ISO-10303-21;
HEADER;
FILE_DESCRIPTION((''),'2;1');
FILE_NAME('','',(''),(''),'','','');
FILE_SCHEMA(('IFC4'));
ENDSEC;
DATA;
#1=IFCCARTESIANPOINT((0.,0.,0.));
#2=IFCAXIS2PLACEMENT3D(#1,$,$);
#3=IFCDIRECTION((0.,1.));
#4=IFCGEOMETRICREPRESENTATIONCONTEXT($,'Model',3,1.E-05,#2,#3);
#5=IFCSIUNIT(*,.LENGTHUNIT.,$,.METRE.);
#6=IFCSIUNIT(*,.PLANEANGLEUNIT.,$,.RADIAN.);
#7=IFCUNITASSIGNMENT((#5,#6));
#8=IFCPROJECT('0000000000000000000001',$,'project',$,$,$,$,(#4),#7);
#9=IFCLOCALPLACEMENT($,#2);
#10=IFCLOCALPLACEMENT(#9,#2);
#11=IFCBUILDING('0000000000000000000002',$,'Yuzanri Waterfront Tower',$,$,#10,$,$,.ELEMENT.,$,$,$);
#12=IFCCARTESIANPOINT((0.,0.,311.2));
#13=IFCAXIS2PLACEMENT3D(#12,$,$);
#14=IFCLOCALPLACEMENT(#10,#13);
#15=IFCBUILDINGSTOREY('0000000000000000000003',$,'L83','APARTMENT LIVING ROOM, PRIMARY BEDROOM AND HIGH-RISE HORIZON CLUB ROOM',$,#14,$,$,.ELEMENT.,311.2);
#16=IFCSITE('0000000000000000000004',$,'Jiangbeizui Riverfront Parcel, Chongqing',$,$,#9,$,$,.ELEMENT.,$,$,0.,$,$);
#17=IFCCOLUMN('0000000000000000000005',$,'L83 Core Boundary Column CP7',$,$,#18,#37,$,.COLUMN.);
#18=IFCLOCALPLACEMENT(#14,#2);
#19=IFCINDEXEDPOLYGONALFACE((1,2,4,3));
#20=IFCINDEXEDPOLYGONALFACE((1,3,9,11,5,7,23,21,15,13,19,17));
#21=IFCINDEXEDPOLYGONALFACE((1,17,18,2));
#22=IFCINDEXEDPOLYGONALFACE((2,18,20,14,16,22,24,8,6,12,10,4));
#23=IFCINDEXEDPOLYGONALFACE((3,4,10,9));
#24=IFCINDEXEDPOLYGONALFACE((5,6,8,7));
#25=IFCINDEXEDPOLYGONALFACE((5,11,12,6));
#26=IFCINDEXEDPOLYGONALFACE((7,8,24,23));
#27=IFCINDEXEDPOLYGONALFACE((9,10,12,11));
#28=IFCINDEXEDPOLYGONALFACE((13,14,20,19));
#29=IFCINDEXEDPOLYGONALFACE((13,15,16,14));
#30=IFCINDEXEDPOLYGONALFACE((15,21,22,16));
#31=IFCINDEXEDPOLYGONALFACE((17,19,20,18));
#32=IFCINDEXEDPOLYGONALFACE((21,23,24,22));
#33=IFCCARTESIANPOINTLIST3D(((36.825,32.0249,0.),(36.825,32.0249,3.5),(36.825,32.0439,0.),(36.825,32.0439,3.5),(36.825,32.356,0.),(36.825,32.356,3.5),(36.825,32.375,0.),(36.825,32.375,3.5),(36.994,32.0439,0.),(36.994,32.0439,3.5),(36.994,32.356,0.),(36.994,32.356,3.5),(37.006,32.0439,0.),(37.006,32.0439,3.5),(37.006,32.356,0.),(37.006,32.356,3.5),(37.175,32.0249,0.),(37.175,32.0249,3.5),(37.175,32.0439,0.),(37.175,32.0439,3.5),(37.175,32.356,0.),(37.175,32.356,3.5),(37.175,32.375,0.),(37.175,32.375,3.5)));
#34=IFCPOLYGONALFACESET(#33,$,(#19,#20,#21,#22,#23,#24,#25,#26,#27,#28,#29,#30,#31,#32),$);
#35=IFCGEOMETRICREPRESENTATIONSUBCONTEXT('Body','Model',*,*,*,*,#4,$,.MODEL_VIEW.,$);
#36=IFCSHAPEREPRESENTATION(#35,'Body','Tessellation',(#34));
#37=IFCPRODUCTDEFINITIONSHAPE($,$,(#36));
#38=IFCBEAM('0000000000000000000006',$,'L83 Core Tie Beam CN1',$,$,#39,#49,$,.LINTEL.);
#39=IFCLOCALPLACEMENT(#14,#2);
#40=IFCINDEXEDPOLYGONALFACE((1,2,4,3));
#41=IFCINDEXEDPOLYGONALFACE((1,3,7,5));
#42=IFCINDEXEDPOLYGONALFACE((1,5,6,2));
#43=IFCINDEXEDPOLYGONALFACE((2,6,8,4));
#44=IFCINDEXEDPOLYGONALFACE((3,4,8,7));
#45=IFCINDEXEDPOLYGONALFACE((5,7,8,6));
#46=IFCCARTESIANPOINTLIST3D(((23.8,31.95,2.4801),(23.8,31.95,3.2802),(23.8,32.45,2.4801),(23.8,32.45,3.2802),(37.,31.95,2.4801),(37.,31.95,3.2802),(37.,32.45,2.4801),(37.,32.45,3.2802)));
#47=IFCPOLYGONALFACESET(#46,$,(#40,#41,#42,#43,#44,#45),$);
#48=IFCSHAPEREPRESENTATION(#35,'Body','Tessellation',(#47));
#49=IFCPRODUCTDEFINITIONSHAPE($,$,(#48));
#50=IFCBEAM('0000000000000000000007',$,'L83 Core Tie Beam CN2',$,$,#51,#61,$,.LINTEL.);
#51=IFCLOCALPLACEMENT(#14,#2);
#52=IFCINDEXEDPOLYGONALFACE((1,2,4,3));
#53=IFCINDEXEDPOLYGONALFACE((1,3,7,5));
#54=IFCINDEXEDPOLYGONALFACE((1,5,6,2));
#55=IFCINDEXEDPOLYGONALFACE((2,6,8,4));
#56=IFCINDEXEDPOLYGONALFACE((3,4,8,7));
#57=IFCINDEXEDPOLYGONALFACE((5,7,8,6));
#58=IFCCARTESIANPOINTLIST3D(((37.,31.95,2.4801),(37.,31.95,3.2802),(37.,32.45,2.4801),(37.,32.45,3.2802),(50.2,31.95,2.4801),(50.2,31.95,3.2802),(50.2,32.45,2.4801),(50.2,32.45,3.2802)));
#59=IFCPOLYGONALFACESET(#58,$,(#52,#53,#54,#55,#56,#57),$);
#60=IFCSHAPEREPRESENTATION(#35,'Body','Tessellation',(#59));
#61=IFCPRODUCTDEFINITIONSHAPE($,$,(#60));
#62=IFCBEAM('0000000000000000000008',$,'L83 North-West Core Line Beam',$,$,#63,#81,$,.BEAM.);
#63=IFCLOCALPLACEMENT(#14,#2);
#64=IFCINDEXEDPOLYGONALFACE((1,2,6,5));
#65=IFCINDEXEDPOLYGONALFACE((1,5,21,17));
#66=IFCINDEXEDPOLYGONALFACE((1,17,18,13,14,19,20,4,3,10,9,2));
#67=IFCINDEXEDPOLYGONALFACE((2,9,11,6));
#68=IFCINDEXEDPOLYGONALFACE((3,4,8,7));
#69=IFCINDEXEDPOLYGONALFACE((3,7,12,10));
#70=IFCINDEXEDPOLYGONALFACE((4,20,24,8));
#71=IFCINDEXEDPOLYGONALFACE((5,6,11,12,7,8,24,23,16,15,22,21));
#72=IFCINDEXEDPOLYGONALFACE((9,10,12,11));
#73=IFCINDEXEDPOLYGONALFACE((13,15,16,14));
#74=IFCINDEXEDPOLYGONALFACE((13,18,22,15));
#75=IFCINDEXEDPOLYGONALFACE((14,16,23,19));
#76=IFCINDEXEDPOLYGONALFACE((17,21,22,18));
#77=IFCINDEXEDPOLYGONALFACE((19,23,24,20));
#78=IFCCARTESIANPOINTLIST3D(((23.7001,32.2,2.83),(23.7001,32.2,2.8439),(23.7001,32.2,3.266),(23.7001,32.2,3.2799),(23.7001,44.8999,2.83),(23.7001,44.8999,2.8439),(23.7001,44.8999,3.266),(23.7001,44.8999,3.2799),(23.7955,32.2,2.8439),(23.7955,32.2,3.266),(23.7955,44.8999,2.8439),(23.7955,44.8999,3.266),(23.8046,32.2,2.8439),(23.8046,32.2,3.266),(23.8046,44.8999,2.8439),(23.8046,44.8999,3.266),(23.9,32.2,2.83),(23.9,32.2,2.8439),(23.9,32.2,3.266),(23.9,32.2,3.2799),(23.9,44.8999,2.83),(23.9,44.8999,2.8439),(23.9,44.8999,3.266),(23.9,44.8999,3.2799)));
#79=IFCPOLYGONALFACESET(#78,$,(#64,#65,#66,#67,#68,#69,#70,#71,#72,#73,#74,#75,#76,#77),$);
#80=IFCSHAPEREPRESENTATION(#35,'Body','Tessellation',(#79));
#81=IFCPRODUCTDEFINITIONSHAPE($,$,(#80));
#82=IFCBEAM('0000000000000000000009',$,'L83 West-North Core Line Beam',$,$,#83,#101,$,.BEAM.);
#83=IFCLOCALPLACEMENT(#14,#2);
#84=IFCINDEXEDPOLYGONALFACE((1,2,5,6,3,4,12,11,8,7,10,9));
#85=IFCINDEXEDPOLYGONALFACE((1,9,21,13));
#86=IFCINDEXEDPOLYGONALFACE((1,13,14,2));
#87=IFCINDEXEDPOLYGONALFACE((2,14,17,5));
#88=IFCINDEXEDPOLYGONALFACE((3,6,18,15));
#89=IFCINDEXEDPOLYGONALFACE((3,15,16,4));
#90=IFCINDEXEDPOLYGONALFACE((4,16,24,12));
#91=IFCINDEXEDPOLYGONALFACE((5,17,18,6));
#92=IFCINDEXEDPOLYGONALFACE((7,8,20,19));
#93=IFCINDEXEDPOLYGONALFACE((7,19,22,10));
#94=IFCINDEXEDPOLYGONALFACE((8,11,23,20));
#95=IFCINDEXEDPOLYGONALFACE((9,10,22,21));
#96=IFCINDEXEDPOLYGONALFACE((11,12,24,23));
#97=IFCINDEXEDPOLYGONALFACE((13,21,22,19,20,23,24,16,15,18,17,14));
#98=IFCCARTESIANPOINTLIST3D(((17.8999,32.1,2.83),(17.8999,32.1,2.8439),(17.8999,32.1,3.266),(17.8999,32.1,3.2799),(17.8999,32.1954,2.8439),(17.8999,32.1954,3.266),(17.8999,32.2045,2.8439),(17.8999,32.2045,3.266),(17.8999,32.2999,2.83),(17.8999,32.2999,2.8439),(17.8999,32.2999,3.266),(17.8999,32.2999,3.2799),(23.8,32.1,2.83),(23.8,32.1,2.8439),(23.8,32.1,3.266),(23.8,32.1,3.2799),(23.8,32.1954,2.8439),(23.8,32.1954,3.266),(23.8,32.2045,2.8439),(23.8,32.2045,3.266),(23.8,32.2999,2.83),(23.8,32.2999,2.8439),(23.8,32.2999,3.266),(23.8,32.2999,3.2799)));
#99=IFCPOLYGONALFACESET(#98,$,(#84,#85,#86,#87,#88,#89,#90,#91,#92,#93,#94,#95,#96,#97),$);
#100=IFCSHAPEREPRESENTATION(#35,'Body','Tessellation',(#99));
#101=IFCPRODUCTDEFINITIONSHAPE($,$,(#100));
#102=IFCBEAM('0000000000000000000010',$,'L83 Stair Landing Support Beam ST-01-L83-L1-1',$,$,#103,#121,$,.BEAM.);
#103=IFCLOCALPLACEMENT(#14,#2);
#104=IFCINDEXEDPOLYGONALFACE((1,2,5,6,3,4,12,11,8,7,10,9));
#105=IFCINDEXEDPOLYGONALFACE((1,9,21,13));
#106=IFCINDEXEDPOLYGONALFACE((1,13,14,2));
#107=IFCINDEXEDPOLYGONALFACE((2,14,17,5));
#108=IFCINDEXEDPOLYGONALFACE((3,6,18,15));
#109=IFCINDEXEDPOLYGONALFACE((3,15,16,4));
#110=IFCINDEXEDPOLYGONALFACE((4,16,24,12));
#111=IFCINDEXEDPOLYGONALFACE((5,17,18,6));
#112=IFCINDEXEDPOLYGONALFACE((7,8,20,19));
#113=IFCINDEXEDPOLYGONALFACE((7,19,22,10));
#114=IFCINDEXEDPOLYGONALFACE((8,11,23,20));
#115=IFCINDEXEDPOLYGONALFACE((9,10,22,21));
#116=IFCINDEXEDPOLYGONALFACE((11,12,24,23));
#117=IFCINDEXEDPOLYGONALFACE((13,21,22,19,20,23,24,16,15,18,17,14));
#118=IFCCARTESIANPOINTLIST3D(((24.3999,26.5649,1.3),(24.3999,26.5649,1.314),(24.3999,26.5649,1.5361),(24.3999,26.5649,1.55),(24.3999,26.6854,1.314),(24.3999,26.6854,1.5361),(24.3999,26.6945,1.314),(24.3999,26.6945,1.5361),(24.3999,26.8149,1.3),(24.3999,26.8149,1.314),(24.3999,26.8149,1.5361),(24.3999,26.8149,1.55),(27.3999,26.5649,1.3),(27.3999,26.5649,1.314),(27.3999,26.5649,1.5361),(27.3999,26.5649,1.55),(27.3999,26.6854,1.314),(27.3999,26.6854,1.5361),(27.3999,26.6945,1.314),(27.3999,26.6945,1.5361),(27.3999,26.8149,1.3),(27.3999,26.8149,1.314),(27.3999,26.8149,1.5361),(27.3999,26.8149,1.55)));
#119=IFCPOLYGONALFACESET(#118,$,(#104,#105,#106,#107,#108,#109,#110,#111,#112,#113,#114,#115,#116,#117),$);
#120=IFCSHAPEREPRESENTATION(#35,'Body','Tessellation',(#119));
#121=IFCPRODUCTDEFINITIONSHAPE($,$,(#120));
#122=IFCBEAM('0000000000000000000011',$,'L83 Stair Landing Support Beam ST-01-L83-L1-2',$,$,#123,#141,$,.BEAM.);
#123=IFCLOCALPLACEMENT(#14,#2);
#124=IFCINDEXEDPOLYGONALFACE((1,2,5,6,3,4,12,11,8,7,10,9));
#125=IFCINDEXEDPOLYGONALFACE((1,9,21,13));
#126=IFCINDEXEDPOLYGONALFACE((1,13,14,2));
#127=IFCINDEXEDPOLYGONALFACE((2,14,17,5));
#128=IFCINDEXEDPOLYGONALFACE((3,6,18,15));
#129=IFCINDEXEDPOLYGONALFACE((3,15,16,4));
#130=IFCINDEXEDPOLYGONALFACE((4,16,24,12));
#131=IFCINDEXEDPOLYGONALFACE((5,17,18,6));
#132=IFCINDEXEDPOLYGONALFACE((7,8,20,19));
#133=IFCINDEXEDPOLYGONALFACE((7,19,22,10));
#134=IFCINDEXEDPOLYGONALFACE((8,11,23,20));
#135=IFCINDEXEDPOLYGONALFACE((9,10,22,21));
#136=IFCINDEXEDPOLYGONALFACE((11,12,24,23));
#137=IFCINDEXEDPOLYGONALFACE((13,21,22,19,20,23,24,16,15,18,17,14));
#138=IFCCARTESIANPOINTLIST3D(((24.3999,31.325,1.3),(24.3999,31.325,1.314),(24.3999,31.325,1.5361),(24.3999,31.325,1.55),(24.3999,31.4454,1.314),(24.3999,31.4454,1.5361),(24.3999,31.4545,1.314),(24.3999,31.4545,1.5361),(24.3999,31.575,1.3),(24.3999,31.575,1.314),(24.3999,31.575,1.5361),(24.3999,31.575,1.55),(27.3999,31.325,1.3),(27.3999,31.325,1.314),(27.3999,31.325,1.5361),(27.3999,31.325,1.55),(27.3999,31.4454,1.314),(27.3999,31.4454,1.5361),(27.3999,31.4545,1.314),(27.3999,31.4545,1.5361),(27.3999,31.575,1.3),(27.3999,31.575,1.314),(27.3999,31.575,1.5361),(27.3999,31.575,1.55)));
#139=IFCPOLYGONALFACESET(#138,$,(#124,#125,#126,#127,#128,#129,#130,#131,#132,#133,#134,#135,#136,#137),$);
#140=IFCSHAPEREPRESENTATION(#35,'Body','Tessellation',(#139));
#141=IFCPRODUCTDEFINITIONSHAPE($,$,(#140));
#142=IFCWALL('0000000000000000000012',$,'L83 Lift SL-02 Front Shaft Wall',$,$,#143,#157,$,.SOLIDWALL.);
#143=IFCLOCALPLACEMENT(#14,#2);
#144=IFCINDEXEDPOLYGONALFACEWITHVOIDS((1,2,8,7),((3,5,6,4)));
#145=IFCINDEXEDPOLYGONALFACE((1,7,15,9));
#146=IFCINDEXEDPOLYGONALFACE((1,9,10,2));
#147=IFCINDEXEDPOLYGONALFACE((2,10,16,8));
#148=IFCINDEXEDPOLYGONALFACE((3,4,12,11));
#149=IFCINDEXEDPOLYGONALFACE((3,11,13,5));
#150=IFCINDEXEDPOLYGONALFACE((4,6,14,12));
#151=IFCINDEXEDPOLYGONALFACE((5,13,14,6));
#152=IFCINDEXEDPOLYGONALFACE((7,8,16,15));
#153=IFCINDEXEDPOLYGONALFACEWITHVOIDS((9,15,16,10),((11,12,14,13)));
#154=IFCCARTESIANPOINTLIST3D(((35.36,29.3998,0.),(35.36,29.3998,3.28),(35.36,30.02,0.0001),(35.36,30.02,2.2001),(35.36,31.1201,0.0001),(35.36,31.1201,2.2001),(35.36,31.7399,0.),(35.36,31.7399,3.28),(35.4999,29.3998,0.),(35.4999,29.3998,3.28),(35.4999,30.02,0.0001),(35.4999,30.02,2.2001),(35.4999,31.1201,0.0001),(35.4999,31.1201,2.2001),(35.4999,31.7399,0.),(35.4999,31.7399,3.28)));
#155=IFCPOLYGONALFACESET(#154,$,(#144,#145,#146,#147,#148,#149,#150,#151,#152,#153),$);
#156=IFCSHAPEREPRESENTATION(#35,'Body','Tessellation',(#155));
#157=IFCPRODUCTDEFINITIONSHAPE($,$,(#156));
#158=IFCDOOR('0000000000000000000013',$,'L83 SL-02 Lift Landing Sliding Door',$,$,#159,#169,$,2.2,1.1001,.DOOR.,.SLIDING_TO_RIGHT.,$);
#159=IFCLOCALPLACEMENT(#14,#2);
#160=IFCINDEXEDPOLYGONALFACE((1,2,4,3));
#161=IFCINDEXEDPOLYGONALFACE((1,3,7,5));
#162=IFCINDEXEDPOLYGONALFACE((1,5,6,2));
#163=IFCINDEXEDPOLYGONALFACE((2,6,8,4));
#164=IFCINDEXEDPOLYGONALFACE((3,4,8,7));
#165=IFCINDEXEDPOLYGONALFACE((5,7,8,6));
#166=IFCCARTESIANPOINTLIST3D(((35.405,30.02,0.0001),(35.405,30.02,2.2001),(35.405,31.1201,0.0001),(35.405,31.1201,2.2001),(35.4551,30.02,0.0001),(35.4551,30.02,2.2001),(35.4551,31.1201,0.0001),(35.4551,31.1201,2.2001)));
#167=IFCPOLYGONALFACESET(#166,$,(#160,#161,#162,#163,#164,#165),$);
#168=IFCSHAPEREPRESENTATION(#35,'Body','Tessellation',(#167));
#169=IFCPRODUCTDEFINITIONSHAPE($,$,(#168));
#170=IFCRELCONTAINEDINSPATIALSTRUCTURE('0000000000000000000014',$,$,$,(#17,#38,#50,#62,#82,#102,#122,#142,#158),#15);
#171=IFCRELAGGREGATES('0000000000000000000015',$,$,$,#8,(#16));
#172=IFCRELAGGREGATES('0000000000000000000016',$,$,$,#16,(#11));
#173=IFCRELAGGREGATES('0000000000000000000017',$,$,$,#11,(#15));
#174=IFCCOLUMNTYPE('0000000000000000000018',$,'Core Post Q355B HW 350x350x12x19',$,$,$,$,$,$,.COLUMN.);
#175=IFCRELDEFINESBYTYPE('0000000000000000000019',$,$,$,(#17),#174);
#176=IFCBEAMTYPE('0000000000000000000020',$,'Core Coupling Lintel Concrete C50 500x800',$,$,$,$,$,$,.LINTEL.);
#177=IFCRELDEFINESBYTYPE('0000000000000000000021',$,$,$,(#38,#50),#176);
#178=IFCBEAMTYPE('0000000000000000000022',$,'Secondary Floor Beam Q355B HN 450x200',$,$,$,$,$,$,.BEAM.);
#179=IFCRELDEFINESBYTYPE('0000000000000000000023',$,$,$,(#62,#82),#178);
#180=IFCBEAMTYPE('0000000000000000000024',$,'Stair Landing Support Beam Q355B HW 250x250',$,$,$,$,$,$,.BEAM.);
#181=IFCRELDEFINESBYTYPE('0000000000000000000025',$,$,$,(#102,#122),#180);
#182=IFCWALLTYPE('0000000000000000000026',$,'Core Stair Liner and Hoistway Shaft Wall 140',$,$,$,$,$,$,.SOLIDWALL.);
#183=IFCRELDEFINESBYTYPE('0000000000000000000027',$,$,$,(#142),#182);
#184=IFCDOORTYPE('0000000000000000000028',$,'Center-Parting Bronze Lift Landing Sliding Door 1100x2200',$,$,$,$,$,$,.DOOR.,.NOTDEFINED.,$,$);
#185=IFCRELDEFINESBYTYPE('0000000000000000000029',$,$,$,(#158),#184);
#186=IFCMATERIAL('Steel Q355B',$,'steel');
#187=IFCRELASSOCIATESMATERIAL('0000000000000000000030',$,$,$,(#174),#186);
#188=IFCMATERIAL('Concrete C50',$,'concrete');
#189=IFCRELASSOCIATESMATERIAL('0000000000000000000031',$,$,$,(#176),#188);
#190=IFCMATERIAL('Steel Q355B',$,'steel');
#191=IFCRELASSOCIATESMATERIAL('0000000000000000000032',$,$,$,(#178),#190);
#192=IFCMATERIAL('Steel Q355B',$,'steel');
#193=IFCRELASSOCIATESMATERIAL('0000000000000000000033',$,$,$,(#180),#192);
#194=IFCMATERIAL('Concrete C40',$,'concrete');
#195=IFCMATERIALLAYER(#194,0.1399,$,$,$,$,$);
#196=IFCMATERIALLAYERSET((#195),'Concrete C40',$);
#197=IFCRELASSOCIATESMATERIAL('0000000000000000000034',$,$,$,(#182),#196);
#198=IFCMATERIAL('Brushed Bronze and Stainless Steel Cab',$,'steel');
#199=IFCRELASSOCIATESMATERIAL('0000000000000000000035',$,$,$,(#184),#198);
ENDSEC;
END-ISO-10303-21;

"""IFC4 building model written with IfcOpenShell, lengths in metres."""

from ifc_helpers import new_model, si_unit, direction, frame, frame_2d, origin, origin_2d, place, context, subcontext, project, spatial, rectangle, i_section, extrude, source, transform, mapped, material, layer, layer_set, material_profile, profile_set, type_object, element, fill, save


model = new_model("IFC4")

# Units and contexts
model_context = context("Model", 3, precision=1e-05, world=origin(), true_north=direction((0.0, 1.0)))
body_context = subcontext(model_context, "Body", "Model", "MODEL_VIEW")
ifc_project = project(units=[si_unit("LENGTHUNIT", "METRE"), si_unit("PLANEANGLEUNIT", "RADIAN")], contexts=[model_context])

# Site, building, storey
site_placement = place(None, origin())
site = spatial("IfcSite", under=ifc_project, at=site_placement, Name="Jiangbeizui Riverfront Parcel, Chongqing", CompositionType="ELEMENT", RefElevation=0.0)
building_placement = place(site_placement, origin())
building = spatial("IfcBuilding", under=site, at=building_placement, Name="Yuzanri Waterfront Tower", CompositionType="ELEMENT")
storey_placement = place(building_placement, frame((0.0, 0.0, 311.2)))
storey = spatial("IfcBuildingStorey", under=building, at=storey_placement, Name="L83", Description="APARTMENT LIVING ROOM, PRIMARY BEDROOM AND HIGH-RISE HORIZON CLUB ROOM", CompositionType="ELEMENT", Elevation=311.2)

# Column
ifc_material_1 = material(Name="Steel Q355B", Category="steel")
ifc_material_profile_1 = material_profile(ifc_material_1, i_section(OverallWidth=0.3501, OverallDepth=0.3501, WebThickness=0.012, FlangeThickness=0.019, at=origin_2d()), Name="HW 350x350x12x19")
ifc_profile_set_1 = profile_set([ifc_material_profile_1], Name="Steel Q355B")
column_type = type_object("IfcColumnType", Name="Core Post Q355B HW 350x350x12x19", PredefinedType="COLUMN", material=ifc_profile_set_1)
shared_shape_1 = source(origin(), body_context, "Body", "SweptSolid", [
    extrude(i_section(OverallWidth=0.3501, OverallDepth=0.3501, WebThickness=0.012, FlangeThickness=0.019, at=origin_2d()), origin(), (0.0, 0.0, 1.0), 3.5),
])
column_placement = place(storey_placement, frame((37.0, 32.2, 0.0), z_axis=(0.0, 0.0, 1.0), x_axis=(1.0, 0.0, 0.0)))
element("IfcColumn", 1, at=column_placement, inside=storey, type_object=column_type, Name="L83 Core Boundary Column CP7", PredefinedType="COLUMN", context=body_context, shape_type="MappedRepresentation", body=[
    mapped(shared_shape_1, transform((0.0, 0.0, 0.0), scale=1.0)),
])

# Beams
ifc_material_2 = material(Name="Concrete C50", Category="concrete")
ifc_material_profile_2 = material_profile(ifc_material_2, rectangle(XDim=0.5, YDim=0.8, at=origin_2d()), Name="RC 500x800")
ifc_profile_set_2 = profile_set([ifc_material_profile_2], Name="Concrete C50")
beam_type_1 = type_object("IfcBeamType", Name="Core Coupling Lintel Concrete C50 500x800", PredefinedType="LINTEL", material=ifc_profile_set_2)
shared_shape_2 = source(origin(), body_context, "Body", "SweptSolid", [
    extrude(rectangle(XDim=0.5, YDim=0.8, at=origin_2d()), origin(), (0.0, 0.0, 1.0), 13.2),
])
for number, where, z_axis, x_axis, name in (
    (2, (23.8, 32.2, 2.8801), (1.0, 0.0, 0.0), (0.0, 1.0, 0.0), "L83 Core Tie Beam CN1"),
    (3, (37.0, 32.2, 2.8801), (1.0, 0.0, 0.0), (0.0, 1.0, 0.0), "L83 Core Tie Beam CN2"),
):
    element("IfcBeam", number, at=place(storey_placement, frame(where, z_axis=z_axis, x_axis=x_axis)), inside=storey, type_object=beam_type_1, Name=name, PredefinedType="LINTEL", context=body_context, shape_type="MappedRepresentation", body=[
        mapped(shared_shape_2, transform((0.0, 0.0, 0.0), scale=1.0)),
    ])
ifc_material_3 = material(Name="Steel Q355B", Category="steel")
ifc_material_profile_3 = material_profile(ifc_material_3, i_section(OverallWidth=0.2, OverallDepth=0.45, WebThickness=0.009, FlangeThickness=0.0139, at=origin_2d()), Name="HN 450x200x9x14")
ifc_profile_set_3 = profile_set([ifc_material_profile_3], Name="Steel Q355B")
beam_type_2 = type_object("IfcBeamType", Name="Secondary Floor Beam Q355B HN 450x200", PredefinedType="BEAM", material=ifc_profile_set_3)
shared_shape_3 = source(origin(), body_context, "Body", "SweptSolid", [
    extrude(i_section(OverallWidth=0.2, OverallDepth=0.45, WebThickness=0.009, FlangeThickness=0.0139, at=origin_2d()), origin(), (0.0, 0.0, 1.0), 12.7),
])
beam_1_placement = place(storey_placement, frame((23.8, 32.2, 3.0549), z_axis=(0.0, 1.0, 0.0), x_axis=(-1.0, 0.0, 0.0)))
element("IfcBeam", 4, at=beam_1_placement, inside=storey, type_object=beam_type_2, Name="L83 North-West Core Line Beam", PredefinedType="BEAM", context=body_context, shape_type="MappedRepresentation", body=[
    mapped(shared_shape_3, transform((0.0, 0.0, 0.0), scale=1.0)),
])
shared_shape_4 = source(origin(), body_context, "Body", "SweptSolid", [
    extrude(i_section(OverallWidth=0.2, OverallDepth=0.45, WebThickness=0.009, FlangeThickness=0.0139, at=origin_2d()), origin(), (0.0, 0.0, 1.0), 5.9001),
])
beam_2_placement = place(storey_placement, frame((23.8, 32.2, 3.0549), z_axis=(-1.0, 0.0, 0.0), x_axis=(0.0, -1.0, 0.0)))
element("IfcBeam", 5, at=beam_2_placement, inside=storey, type_object=beam_type_2, Name="L83 West-North Core Line Beam", PredefinedType="BEAM", context=body_context, shape_type="MappedRepresentation", body=[
    mapped(shared_shape_4, transform((0.0, 0.0, 0.0), scale=1.0)),
])
ifc_material_4 = material(Name="Steel Q355B", Category="steel")
ifc_material_profile_4 = material_profile(ifc_material_4, i_section(OverallWidth=0.25, OverallDepth=0.25, WebThickness=0.009, FlangeThickness=0.0139, at=origin_2d()), Name="HW 250x250x9x14")
ifc_profile_set_4 = profile_set([ifc_material_profile_4], Name="Steel Q355B")
beam_type_3 = type_object("IfcBeamType", Name="Stair Landing Support Beam Q355B HW 250x250", PredefinedType="BEAM", material=ifc_profile_set_4)
shared_shape_5 = source(origin(), body_context, "Body", "SweptSolid", [
    extrude(i_section(OverallWidth=0.25, OverallDepth=0.25, WebThickness=0.009, FlangeThickness=0.0139, at=origin_2d()), origin(), (0.0, 0.0, 1.0), 3.0),
])
for number, where, z_axis, x_axis, name in (
    (6, (24.3999, 26.6899, 1.425), (1.0, 0.0, 0.0), (0.0, 1.0, 0.0), "L83 Stair Landing Support Beam ST-01-L83-L1-1"),
    (7, (24.3999, 31.45, 1.425), (1.0, 0.0, 0.0), (0.0, 1.0, 0.0), "L83 Stair Landing Support Beam ST-01-L83-L1-2"),
):
    element("IfcBeam", number, at=place(storey_placement, frame(where, z_axis=z_axis, x_axis=x_axis)), inside=storey, type_object=beam_type_3, Name=name, PredefinedType="BEAM", context=body_context, shape_type="MappedRepresentation", body=[
        mapped(shared_shape_5, transform((0.0, 0.0, 0.0), scale=1.0)),
    ])

# Wall, opening, door
ifc_material_5 = material(Name="Concrete C40", Category="concrete")
ifc_layer_1 = layer(ifc_material_5, 0.1399)
ifc_layer_set_1 = layer_set([ifc_layer_1], Name="Concrete C40")
wall_type_1 = type_object("IfcWallType", Name="Core Stair Liner and Hoistway Shaft Wall 140", PredefinedType="SOLIDWALL", material=ifc_layer_set_1)
wall_1_placement = place(storey_placement, frame((35.4299, 29.3999, 0.0), z_axis=(0.0, 0.0, 1.0), x_axis=(0.0, 1.0, 0.0)))
wall_1 = element("IfcWall", 8, at=wall_1_placement, inside=storey, type_object=wall_type_1, Name="L83 Lift SL-02 Front Shaft Wall", PredefinedType="SOLIDWALL", context=body_context, shape_type="SweptSolid", body=[
    extrude(rectangle(XDim=2.3401, YDim=0.1399, at=frame_2d((1.1699, 0.0))), origin(), (0.0, 0.0, 1.0), 3.28),
])
opening_1_placement = place(wall_1_placement, frame((0.6201, 0.0, 0.0)))
opening_1 = element("IfcOpeningElement", 9, at=opening_1_placement, cuts=wall_1, PredefinedType="OPENING", context=body_context, shape_type="SweptSolid", body=[
    extrude(rectangle(XDim=1.1001, YDim=2.2, at=frame_2d((0.55, 1.1001))), frame((0.0, 0.085, 0.0), z_axis=(0.0, -1.0, 0.0), x_axis=(1.0, 0.0, 0.0)), (0.0, 0.0, 1.0), 0.1697),
])
ifc_material_6 = material(Name="Brushed Bronze and Stainless Steel Cab", Category="steel")
door_type_1 = type_object("IfcDoorType", Name="Center-Parting Bronze Lift Landing Sliding Door 1100x2200", OperationType="NOTDEFINED", PredefinedType="DOOR", material=ifc_material_6)
shared_shape_6 = source(origin(), body_context, "Body", "SweptSolid", [
    extrude(rectangle(XDim=1.1001, YDim=2.2, at=frame_2d((0.55, 1.1001))), frame((0.0, 0.0249, 0.0), z_axis=(0.0, -1.0, 0.0), x_axis=(1.0, 0.0, 0.0)), (0.0, 0.0, 1.0), 0.05),
])
door_1_placement = place(opening_1_placement, origin())
door_1 = element("IfcDoor", 10, at=door_1_placement, inside=storey, type_object=door_type_1, Name="L83 SL-02 Lift Landing Sliding Door", OperationType="SLIDING_TO_RIGHT", OverallHeight=2.2, OverallWidth=1.1001, PredefinedType="DOOR", context=body_context, shape_type="MappedRepresentation", body=[
    mapped(shared_shape_6, transform((0.0, 0.0, 0.0), scale=1.0)),
])
fill(opening_1, door_1)

save(model, "model.ifc")
